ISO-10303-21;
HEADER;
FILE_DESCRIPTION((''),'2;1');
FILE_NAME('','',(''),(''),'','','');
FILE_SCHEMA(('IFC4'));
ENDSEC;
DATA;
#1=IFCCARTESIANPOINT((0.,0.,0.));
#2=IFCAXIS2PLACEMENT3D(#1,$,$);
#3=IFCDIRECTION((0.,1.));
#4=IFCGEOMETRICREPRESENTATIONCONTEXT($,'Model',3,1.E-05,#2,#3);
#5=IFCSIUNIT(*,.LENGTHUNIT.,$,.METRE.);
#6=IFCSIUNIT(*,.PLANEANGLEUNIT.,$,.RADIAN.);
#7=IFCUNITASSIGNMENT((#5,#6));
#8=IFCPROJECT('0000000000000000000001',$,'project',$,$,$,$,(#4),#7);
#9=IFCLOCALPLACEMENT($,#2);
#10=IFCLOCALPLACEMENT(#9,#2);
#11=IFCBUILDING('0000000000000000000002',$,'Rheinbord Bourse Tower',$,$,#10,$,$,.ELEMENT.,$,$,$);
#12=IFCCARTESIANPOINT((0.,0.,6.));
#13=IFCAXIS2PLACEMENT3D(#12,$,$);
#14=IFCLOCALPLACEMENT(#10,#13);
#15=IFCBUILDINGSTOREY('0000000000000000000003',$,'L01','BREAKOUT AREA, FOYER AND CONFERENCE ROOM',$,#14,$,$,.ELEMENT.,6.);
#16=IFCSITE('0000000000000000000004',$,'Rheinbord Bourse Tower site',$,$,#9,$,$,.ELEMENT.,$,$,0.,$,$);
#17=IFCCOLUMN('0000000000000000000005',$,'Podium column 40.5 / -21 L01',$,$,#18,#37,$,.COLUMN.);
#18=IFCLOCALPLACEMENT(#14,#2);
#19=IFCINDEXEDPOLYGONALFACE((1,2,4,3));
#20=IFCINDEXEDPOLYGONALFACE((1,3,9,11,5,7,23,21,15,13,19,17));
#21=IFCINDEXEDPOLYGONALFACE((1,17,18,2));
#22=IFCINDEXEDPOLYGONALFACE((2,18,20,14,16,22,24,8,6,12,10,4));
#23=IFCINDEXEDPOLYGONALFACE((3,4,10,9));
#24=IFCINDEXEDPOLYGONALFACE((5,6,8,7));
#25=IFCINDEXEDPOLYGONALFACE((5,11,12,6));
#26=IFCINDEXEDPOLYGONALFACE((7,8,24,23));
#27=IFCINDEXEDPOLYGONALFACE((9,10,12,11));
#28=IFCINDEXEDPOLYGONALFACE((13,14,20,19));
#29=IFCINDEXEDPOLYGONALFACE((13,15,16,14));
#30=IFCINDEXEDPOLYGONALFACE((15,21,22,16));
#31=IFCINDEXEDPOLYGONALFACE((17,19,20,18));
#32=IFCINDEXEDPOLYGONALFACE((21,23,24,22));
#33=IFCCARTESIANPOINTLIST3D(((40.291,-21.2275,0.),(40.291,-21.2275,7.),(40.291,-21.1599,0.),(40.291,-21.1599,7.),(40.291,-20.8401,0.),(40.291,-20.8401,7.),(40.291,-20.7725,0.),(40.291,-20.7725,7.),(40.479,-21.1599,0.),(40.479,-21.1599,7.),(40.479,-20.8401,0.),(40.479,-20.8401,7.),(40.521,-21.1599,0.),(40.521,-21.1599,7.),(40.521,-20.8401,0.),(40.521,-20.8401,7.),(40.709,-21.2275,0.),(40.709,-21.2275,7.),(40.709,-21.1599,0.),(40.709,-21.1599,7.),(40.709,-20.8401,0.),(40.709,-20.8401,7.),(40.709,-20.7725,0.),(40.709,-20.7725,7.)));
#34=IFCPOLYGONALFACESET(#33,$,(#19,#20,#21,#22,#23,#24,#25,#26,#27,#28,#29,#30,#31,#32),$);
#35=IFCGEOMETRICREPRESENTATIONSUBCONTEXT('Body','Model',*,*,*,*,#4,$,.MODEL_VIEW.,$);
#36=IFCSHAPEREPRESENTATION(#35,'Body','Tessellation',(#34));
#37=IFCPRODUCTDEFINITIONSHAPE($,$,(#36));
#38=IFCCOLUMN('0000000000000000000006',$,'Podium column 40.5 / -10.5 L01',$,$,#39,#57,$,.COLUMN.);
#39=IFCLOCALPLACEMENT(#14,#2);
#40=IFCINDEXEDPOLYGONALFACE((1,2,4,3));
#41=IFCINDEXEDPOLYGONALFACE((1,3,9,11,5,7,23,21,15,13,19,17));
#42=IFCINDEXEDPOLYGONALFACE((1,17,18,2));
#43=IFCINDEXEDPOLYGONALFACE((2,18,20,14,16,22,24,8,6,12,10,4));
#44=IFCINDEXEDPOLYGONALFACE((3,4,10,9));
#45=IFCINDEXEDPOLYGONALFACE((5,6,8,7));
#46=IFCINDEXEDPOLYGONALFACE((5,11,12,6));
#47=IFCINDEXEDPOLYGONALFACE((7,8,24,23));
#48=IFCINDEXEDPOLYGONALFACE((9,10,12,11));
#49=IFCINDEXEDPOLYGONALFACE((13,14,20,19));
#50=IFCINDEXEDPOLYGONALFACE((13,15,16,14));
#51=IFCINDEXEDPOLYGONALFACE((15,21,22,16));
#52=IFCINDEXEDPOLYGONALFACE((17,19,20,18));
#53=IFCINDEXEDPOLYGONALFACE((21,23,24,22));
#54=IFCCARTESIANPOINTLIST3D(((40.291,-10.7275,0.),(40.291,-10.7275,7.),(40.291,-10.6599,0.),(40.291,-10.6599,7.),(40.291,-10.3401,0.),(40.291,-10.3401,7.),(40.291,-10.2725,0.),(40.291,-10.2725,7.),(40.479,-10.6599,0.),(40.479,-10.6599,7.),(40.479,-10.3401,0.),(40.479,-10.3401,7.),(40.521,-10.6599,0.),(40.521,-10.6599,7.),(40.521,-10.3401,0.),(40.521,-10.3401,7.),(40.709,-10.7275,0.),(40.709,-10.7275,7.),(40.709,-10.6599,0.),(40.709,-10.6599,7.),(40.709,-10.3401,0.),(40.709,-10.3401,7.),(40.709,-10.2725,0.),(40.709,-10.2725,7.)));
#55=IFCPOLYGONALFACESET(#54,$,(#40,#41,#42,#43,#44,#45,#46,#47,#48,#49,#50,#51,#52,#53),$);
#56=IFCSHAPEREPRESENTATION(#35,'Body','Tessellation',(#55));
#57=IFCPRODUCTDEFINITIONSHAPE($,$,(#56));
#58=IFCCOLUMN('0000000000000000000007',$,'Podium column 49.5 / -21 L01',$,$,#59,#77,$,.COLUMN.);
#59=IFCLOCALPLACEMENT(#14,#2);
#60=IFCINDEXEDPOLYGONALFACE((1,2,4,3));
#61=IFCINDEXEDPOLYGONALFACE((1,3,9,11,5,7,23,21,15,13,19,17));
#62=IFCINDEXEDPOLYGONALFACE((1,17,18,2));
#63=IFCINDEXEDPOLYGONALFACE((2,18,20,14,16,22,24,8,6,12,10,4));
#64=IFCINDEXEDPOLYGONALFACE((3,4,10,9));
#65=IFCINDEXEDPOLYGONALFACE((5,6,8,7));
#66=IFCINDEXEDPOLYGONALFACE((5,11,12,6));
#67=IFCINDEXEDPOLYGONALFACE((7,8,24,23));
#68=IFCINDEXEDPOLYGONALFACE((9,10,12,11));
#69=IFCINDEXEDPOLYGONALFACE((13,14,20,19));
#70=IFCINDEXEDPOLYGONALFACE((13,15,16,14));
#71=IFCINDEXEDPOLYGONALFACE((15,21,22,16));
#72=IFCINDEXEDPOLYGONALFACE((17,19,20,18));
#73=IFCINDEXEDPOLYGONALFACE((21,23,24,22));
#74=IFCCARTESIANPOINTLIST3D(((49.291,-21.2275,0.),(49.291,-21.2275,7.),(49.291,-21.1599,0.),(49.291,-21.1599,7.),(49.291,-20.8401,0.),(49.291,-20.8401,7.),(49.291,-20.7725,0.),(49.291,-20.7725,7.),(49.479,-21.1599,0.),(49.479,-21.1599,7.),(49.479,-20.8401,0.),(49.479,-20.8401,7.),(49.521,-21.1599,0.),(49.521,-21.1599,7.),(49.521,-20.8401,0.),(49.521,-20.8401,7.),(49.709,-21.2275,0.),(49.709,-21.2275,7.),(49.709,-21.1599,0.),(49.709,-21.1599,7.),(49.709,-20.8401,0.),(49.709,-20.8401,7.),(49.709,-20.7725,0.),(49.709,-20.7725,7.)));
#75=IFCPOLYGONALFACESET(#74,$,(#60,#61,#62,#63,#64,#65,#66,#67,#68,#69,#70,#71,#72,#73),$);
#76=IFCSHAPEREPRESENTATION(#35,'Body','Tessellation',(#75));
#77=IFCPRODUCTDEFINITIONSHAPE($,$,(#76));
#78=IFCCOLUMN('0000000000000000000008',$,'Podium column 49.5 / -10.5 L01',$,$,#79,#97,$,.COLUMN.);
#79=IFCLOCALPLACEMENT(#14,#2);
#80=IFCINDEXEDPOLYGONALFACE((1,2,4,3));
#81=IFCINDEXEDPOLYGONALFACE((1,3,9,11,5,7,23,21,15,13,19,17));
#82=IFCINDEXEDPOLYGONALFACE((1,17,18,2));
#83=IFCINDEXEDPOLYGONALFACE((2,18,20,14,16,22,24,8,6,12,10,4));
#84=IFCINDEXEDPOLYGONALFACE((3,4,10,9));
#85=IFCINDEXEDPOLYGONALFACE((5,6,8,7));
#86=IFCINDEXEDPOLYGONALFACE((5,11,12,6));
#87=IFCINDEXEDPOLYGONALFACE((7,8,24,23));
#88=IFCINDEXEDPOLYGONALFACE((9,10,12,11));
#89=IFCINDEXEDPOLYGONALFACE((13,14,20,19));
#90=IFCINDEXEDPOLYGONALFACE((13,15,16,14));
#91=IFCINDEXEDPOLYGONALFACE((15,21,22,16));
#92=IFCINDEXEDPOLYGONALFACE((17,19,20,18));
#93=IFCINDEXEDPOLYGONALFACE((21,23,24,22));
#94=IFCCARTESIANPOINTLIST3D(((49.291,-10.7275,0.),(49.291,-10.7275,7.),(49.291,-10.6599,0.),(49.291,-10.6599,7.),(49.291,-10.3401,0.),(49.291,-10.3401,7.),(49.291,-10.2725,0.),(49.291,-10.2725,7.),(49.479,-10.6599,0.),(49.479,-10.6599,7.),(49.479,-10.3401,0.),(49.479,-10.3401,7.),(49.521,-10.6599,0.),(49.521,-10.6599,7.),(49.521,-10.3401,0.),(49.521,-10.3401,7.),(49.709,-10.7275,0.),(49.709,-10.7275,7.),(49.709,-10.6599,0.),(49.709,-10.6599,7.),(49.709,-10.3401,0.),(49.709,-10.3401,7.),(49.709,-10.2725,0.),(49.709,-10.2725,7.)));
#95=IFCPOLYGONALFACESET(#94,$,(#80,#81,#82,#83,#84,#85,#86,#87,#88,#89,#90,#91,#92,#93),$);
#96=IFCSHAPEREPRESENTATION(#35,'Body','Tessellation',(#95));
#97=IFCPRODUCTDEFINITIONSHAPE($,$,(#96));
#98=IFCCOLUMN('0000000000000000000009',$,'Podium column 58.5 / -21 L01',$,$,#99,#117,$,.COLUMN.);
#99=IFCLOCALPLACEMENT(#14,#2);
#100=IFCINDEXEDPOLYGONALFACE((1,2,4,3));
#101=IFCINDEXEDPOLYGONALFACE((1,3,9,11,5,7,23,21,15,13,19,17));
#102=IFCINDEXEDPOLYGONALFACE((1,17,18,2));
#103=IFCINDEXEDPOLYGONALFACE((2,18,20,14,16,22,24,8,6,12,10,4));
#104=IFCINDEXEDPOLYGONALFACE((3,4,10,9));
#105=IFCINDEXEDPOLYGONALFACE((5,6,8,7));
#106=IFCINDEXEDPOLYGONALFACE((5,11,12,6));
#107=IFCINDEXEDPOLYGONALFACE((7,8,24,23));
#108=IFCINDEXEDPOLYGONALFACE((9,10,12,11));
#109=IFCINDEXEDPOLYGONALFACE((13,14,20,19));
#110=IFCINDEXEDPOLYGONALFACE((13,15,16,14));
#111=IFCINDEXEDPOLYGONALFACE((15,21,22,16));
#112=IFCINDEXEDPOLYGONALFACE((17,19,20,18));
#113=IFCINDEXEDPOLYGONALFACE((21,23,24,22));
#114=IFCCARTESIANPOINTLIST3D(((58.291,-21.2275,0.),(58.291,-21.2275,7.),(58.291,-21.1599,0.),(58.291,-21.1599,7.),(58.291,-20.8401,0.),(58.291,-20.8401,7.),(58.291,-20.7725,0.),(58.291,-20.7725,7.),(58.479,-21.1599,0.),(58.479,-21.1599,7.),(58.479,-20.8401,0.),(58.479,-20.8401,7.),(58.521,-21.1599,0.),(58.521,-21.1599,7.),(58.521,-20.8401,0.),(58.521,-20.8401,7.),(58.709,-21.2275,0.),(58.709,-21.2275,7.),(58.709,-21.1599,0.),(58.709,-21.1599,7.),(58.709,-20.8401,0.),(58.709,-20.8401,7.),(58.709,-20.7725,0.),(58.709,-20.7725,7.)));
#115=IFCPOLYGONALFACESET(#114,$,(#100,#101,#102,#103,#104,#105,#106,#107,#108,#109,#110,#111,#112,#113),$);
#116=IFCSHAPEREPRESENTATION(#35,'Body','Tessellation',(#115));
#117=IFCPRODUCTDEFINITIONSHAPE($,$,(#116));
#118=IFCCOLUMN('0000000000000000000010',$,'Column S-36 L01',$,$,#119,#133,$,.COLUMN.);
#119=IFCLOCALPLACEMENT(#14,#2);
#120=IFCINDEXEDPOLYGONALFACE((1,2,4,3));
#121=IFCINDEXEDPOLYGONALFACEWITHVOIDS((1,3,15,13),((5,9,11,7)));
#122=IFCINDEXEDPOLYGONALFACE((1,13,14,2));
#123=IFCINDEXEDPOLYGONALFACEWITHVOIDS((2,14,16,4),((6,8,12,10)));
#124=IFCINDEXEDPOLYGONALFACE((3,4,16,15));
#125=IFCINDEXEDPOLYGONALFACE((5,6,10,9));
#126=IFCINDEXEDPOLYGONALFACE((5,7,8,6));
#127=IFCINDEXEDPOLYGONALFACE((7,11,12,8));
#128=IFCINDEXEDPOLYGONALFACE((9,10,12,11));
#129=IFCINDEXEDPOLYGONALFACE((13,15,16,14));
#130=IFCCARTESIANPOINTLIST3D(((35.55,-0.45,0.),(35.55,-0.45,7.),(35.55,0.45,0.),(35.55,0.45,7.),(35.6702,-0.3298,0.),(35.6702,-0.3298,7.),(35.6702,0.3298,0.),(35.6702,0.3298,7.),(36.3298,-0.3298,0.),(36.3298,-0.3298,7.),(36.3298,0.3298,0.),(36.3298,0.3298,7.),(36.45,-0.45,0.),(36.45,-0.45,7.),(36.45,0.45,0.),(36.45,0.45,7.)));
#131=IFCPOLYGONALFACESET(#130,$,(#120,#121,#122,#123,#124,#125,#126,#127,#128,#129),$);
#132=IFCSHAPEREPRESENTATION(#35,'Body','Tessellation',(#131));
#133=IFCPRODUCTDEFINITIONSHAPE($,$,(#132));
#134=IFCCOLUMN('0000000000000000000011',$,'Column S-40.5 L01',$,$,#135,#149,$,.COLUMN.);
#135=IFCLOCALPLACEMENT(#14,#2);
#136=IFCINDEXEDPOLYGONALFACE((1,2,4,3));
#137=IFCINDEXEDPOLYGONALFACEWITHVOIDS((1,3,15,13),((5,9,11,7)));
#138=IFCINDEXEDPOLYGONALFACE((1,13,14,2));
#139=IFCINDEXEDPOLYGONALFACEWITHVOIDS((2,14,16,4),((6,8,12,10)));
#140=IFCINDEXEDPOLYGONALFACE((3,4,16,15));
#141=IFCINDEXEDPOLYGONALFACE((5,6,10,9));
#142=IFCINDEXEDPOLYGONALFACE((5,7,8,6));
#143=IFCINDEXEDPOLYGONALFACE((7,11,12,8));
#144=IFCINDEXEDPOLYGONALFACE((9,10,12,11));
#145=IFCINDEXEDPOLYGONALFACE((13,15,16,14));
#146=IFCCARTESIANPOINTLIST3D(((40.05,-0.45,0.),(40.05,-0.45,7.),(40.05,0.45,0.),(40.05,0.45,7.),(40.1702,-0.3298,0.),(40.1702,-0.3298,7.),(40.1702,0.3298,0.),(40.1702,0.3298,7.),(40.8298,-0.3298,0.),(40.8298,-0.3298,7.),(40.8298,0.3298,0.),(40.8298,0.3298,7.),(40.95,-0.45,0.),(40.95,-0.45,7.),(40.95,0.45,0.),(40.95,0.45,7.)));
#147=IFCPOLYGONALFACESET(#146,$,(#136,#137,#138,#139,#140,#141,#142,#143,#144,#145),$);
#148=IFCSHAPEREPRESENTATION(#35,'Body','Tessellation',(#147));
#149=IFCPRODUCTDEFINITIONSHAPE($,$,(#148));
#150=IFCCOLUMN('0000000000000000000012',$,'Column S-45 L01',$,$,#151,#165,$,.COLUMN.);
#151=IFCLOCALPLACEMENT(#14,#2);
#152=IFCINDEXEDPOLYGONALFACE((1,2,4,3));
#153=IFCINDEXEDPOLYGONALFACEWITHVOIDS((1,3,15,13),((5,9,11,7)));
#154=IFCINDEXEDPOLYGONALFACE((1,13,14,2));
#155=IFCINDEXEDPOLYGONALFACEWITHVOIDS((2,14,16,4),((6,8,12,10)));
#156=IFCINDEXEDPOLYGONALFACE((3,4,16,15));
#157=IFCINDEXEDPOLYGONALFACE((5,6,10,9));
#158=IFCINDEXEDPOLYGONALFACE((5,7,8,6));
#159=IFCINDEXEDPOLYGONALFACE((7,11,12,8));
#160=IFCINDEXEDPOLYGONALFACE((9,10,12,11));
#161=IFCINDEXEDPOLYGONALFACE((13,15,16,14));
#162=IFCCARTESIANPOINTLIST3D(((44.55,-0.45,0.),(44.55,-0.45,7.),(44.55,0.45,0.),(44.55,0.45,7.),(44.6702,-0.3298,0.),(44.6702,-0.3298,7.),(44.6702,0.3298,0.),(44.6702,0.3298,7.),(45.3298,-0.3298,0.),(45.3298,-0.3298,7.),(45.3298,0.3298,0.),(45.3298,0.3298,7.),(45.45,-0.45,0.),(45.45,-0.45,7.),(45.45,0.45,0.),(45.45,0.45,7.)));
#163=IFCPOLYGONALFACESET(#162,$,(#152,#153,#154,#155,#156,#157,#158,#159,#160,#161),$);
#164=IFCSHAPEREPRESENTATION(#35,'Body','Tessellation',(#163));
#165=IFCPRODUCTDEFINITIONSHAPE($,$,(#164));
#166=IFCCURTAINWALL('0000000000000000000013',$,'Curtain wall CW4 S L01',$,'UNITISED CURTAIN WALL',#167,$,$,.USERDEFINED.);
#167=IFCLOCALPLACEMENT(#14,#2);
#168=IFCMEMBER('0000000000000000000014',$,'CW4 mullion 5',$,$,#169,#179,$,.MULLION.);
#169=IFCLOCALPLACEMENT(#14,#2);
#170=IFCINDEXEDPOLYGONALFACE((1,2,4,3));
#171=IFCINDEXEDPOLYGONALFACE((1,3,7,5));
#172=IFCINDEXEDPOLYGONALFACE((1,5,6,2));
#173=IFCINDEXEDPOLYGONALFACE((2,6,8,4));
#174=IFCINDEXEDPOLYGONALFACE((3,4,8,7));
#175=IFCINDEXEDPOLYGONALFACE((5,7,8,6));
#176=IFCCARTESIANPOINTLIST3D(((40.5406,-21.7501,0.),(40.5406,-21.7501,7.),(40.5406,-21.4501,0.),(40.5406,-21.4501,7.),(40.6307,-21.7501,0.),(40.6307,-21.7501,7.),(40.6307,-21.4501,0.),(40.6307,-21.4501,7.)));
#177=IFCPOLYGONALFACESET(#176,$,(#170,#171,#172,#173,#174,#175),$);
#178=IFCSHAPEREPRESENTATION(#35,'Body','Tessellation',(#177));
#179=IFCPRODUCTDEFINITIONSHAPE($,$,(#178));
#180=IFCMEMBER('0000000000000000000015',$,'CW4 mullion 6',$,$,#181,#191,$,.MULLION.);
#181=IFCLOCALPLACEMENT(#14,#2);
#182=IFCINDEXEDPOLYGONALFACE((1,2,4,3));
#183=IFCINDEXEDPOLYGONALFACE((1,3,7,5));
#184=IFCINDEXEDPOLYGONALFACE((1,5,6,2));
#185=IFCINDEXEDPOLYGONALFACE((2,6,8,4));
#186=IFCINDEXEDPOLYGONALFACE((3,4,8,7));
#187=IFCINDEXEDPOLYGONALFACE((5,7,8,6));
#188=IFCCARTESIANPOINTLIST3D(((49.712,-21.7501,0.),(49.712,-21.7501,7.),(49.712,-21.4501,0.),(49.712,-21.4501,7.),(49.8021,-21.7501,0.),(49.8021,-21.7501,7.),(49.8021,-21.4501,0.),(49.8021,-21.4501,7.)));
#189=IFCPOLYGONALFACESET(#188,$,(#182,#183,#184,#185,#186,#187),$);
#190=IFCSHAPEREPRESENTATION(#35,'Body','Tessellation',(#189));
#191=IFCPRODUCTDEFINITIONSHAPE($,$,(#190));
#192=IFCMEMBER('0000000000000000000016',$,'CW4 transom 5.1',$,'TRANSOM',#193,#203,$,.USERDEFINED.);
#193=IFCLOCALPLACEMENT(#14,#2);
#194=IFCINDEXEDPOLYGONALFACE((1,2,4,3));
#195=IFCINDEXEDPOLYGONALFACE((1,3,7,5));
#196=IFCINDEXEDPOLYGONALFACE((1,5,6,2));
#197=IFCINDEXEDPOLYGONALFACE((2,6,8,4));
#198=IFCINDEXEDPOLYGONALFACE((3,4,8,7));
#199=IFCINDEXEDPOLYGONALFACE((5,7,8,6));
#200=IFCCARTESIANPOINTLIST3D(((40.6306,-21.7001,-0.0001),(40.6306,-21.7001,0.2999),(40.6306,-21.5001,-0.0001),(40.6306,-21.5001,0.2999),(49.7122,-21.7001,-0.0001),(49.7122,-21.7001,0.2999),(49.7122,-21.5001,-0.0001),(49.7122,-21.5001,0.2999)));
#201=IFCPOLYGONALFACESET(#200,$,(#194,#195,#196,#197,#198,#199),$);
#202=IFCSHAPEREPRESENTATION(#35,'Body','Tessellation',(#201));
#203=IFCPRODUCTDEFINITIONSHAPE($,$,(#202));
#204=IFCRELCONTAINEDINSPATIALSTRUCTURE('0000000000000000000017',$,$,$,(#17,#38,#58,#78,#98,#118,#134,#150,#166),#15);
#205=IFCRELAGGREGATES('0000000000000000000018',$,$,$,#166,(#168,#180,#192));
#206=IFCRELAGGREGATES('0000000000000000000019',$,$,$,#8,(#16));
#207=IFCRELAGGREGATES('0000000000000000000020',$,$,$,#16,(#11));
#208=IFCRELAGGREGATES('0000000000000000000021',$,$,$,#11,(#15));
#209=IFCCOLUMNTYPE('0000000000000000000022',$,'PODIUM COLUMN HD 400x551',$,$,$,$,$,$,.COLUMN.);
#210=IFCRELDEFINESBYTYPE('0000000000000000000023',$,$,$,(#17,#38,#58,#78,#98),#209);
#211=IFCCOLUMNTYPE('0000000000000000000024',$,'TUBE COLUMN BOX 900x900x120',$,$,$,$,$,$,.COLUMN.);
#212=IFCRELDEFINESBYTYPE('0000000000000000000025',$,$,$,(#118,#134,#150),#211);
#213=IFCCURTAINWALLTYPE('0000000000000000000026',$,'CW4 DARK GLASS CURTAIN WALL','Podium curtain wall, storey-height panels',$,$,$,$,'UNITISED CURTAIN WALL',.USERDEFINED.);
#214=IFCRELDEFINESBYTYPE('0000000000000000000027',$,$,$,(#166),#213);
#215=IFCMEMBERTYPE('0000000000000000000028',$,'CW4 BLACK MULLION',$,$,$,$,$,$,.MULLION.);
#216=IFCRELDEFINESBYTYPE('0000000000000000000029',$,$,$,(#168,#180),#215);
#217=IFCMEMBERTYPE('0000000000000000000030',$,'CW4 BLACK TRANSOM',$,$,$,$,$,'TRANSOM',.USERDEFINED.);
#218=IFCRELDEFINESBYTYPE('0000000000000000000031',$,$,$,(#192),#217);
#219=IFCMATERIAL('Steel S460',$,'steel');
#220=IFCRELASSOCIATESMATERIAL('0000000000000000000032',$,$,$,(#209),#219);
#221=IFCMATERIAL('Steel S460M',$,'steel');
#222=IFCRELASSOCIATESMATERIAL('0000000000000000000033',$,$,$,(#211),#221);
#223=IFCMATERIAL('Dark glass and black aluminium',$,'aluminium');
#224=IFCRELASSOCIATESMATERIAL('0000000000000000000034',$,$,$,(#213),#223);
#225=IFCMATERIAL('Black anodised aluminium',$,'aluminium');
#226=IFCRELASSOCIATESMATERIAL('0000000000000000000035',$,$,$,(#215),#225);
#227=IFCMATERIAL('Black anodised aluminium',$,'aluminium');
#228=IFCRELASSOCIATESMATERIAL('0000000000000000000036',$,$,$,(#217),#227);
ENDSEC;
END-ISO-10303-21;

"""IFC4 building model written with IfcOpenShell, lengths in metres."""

from ifc_helpers import new_model, si_unit, direction, frame, origin, origin_2d, place, context, subcontext, project, spatial, rectangle, hollow_rectangle, i_section, extrude, material, material_profile, profile_set, type_object, element, aggregate, save


model = new_model("IFC4")

# Units and contexts
model_context = context("Model", 3, precision=1e-05, world=origin(), true_north=direction((0.0, 1.0)))
body_context = subcontext(model_context, "Body", "Model", "MODEL_VIEW")
ifc_project = project(units=[si_unit("LENGTHUNIT", "METRE"), si_unit("PLANEANGLEUNIT", "RADIAN")], contexts=[model_context])

# Site, building, storey
site_placement = place(None, origin())
site = spatial("IfcSite", under=ifc_project, at=site_placement, Name="Rheinbord Bourse Tower site", CompositionType="ELEMENT", RefElevation=0.0)
building_placement = place(site_placement, origin())
building = spatial("IfcBuilding", under=site, at=building_placement, Name="Rheinbord Bourse Tower", CompositionType="ELEMENT")
storey_placement = place(building_placement, frame((0.0, 0.0, 6.0)))
storey = spatial("IfcBuildingStorey", under=building, at=storey_placement, Name="L01", Description="BREAKOUT AREA, FOYER AND CONFERENCE ROOM", CompositionType="ELEMENT", Elevation=6.0)

# Columns
ifc_material_1 = material(Name="Steel S460", Category="steel")
ifc_material_profile_1 = material_profile(ifc_material_1, i_section(OverallWidth=0.418, OverallDepth=0.4551, WebThickness=0.042, FlangeThickness=0.0676, at=origin_2d()), Name="HD 400x551")
ifc_profile_set_1 = profile_set([ifc_material_profile_1], Name="Steel S460")
column_type_1 = type_object("IfcColumnType", Name="PODIUM COLUMN HD 400x551", PredefinedType="COLUMN", material=ifc_profile_set_1)
for number, where, z_axis, x_axis, name in (
    (1, (40.5, -21.0, 0.0), (0.0, 0.0, 1.0), (1.0, 0.0, 0.0), "Podium column 40.5 / -21 L01"),
    (2, (40.5, -10.5, 0.0), (0.0, 0.0, 1.0), (1.0, 0.0, 0.0), "Podium column 40.5 / -10.5 L01"),
    (3, (49.5, -21.0, 0.0), (0.0, 0.0, 1.0), (1.0, 0.0, 0.0), "Podium column 49.5 / -21 L01"),
    (4, (49.5, -10.5, 0.0), (0.0, 0.0, 1.0), (1.0, 0.0, 0.0), "Podium column 49.5 / -10.5 L01"),
    (5, (58.5, -21.0, 0.0), (0.0, 0.0, 1.0), (1.0, 0.0, 0.0), "Podium column 58.5 / -21 L01"),
):
    element("IfcColumn", number, at=place(storey_placement, frame(where, z_axis=z_axis, x_axis=x_axis)), inside=storey, type_object=column_type_1, Name=name, PredefinedType="COLUMN", context=body_context, shape_type="SweptSolid", body=[
        extrude(i_section(OverallWidth=0.418, OverallDepth=0.4551, WebThickness=0.042, FlangeThickness=0.0676, at=origin_2d()), origin(), (0.0, 0.0, 1.0), 7.0),
    ])
ifc_material_2 = material(Name="Steel S460M", Category="steel")
ifc_material_profile_2 = material_profile(ifc_material_2, hollow_rectangle(XDim=0.8999, YDim=0.8999, WallThickness=0.1201, at=origin_2d()), Name="BOX 900x900x120")
ifc_profile_set_2 = profile_set([ifc_material_profile_2], Name="Steel S460M")
column_type_2 = type_object("IfcColumnType", Name="TUBE COLUMN BOX 900x900x120", PredefinedType="COLUMN", material=ifc_profile_set_2)
for number, where, z_axis, x_axis, name in (
    (6, (36.0, 0.0, 0.0), (0.0, 0.0, 1.0), (0.0, 1.0, 0.0), "Column S-36 L01"),
    (7, (40.5, 0.0, 0.0), (0.0, 0.0, 1.0), (0.0, 1.0, 0.0), "Column S-40.5 L01"),
    (8, (45.0, 0.0, 0.0), (0.0, 0.0, 1.0), (0.0, 1.0, 0.0), "Column S-45 L01"),
):
    element("IfcColumn", number, at=place(storey_placement, frame(where, z_axis=z_axis, x_axis=x_axis)), inside=storey, type_object=column_type_2, Name=name, PredefinedType="COLUMN", context=body_context, shape_type="SweptSolid", body=[
        extrude(hollow_rectangle(XDim=0.8999, YDim=0.8999, WallThickness=0.1201, at=origin_2d()), origin(), (0.0, 0.0, 1.0), 7.0),
    ])

# Curtain wall, members
ifc_material_3 = material(Name="Dark glass and black aluminium", Category="aluminium")
curtain_wall_type = type_object("IfcCurtainWallType", Name="CW4 DARK GLASS CURTAIN WALL", Description="Podium curtain wall, storey-height panels", ElementType="UNITISED CURTAIN WALL", PredefinedType="USERDEFINED", material=ifc_material_3)
curtain_wall_placement = place(storey_placement, origin())
curtain_wall = element("IfcCurtainWall", 9, at=curtain_wall_placement, inside=storey, type_object=curtain_wall_type, Name="Curtain wall CW4 S L01", ObjectType="UNITISED CURTAIN WALL", PredefinedType="USERDEFINED")
ifc_material_4 = material(Name="Black anodised aluminium", Category="aluminium")
ifc_material_profile_3 = material_profile(ifc_material_4, rectangle(XDim=0.3, YDim=0.0901, at=origin_2d()), Name="CW4 MULLION 90x300")
ifc_profile_set_3 = profile_set([ifc_material_profile_3], Name="Black anodised aluminium")
member_type_1 = type_object("IfcMemberType", Name="CW4 BLACK MULLION", PredefinedType="MULLION", material=ifc_profile_set_3)
member_1_placement = place(storey_placement, frame((40.5857, -21.6001, 0.0), z_axis=(0.0, 0.0, 1.0), x_axis=(0.0, 1.0, 0.0)))
member_1 = element("IfcMember", 10, at=member_1_placement, type_object=member_type_1, Name="CW4 mullion 5", PredefinedType="MULLION", context=body_context, shape_type="SweptSolid", body=[
    extrude(rectangle(XDim=0.3, YDim=0.0901, at=origin_2d()), origin(), (0.0, 0.0, 1.0), 7.0),
])
member_2_placement = place(storey_placement, frame((49.7571, -21.6001, 0.0), z_axis=(0.0, 0.0, 1.0), x_axis=(0.0, 1.0, 0.0)))
member_2 = element("IfcMember", 11, at=member_2_placement, type_object=member_type_1, Name="CW4 mullion 6", PredefinedType="MULLION", context=body_context, shape_type="SweptSolid", body=[
    extrude(rectangle(XDim=0.3, YDim=0.0901, at=origin_2d()), origin(), (0.0, 0.0, 1.0), 7.0),
])
ifc_material_5 = material(Name="Black anodised aluminium", Category="aluminium")
ifc_material_profile_4 = material_profile(ifc_material_5, rectangle(XDim=0.2, YDim=0.3, at=origin_2d()), Name="CW4 TRANSOM 300x200")
ifc_profile_set_4 = profile_set([ifc_material_profile_4], Name="Black anodised aluminium")
member_type_2 = type_object("IfcMemberType", Name="CW4 BLACK TRANSOM", ElementType="TRANSOM", PredefinedType="USERDEFINED", material=ifc_profile_set_4)
member_3_placement = place(storey_placement, frame((40.6306, -21.6001, 0.1499), z_axis=(1.0, 0.0, 0.0), x_axis=(0.0, 1.0, 0.0)))
member_3 = element("IfcMember", 12, at=member_3_placement, type_object=member_type_2, Name="CW4 transom 5.1", ObjectType="TRANSOM", PredefinedType="USERDEFINED", context=body_context, shape_type="SweptSolid", body=[
    extrude(rectangle(XDim=0.2, YDim=0.3, at=origin_2d()), origin(), (0.0, 0.0, 1.0), 9.0815),
])

aggregate(curtain_wall, [member_1, member_2, member_3])

save(model, "model.ifc")
